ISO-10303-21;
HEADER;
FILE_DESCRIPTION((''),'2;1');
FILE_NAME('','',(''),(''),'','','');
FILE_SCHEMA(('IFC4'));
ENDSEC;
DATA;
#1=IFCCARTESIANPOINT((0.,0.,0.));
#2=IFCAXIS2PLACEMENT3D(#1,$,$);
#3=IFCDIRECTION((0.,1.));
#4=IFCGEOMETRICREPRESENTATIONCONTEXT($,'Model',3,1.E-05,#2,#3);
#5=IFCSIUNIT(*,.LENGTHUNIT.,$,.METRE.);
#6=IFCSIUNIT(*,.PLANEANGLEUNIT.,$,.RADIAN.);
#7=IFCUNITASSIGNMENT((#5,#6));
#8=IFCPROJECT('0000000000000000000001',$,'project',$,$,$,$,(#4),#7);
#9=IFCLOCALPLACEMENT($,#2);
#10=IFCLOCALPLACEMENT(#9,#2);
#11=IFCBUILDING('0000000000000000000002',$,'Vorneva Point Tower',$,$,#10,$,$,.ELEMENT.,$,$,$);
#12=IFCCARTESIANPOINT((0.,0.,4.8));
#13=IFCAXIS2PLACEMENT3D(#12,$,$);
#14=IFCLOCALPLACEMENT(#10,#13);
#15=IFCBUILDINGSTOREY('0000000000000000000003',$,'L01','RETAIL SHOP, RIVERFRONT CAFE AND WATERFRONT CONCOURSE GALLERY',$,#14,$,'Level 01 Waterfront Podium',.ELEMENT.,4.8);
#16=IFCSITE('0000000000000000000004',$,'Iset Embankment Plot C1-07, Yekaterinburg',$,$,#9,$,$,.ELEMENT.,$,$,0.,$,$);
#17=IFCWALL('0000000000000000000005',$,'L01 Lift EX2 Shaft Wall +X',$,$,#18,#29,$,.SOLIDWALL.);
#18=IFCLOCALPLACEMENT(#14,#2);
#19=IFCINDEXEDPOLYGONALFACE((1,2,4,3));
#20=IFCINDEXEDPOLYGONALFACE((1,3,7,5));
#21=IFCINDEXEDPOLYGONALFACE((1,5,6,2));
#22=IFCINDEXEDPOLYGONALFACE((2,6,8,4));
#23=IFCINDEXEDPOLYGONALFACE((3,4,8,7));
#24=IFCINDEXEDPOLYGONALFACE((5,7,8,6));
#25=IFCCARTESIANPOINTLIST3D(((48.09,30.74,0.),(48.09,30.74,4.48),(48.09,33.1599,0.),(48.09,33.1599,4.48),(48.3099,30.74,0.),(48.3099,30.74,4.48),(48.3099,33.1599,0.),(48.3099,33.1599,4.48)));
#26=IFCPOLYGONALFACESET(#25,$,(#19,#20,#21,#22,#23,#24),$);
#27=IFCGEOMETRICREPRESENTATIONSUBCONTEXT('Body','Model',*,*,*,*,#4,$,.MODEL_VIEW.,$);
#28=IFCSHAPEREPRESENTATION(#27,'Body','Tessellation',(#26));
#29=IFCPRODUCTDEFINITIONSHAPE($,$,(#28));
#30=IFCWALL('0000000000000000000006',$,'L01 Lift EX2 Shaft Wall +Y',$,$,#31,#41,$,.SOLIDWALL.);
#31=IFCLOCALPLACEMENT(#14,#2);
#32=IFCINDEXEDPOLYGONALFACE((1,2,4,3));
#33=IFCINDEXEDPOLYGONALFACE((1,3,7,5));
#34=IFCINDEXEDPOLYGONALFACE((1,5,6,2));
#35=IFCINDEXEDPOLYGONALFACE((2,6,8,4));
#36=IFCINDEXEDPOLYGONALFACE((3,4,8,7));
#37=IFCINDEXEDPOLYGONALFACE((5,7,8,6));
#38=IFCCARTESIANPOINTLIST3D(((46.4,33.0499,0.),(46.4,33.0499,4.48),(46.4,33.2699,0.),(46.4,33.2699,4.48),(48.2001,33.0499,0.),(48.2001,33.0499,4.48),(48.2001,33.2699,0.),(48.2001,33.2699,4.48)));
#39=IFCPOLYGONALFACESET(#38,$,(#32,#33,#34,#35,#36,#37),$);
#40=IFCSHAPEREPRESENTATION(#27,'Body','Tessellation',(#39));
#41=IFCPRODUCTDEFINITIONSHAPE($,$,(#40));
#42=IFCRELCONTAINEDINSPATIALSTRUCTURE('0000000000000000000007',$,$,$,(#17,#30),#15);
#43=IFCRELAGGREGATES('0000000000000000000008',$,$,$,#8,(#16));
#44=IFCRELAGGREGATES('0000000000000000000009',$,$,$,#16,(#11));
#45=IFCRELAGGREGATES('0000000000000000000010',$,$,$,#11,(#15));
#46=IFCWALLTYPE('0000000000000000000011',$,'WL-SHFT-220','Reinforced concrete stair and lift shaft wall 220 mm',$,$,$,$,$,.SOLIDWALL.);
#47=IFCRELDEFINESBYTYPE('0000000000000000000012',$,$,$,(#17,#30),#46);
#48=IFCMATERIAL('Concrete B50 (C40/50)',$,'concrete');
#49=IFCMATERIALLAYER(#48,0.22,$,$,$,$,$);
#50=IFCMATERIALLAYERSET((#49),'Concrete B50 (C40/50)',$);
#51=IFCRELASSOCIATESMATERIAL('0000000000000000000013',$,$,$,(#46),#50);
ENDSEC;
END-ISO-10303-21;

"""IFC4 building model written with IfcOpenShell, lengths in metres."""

from ifc_helpers import new_model, si_unit, direction, frame, frame_2d, origin, place, context, subcontext, project, spatial, rectangle, extrude, material, layer, layer_set, type_object, element, save


model = new_model("IFC4")

# Units and contexts
model_context = context("Model", 3, precision=1e-05, world=origin(), true_north=direction((0.0, 1.0)))
body_context = subcontext(model_context, "Body", "Model", "MODEL_VIEW")
ifc_project = project(units=[si_unit("LENGTHUNIT", "METRE"), si_unit("PLANEANGLEUNIT", "RADIAN")], contexts=[model_context])

# Site, building, storey
site_placement = place(None, origin())
site = spatial("IfcSite", under=ifc_project, at=site_placement, Name="Iset Embankment Plot C1-07, Yekaterinburg", CompositionType="ELEMENT", RefElevation=0.0)
building_placement = place(site_placement, origin())
building = spatial("IfcBuilding", under=site, at=building_placement, Name="Vorneva Point Tower", CompositionType="ELEMENT")
storey_placement = place(building_placement, frame((0.0, 0.0, 4.8)))
storey = spatial("IfcBuildingStorey", under=building, at=storey_placement, Name="L01", Description="RETAIL SHOP, RIVERFRONT CAFE AND WATERFRONT CONCOURSE GALLERY", LongName="Level 01 Waterfront Podium", CompositionType="ELEMENT", Elevation=4.8)

# Walls
ifc_material_1 = material(Name="Concrete B50 (C40/50)", Category="concrete")
ifc_layer_1 = layer(ifc_material_1, 0.22)
ifc_layer_set_1 = layer_set([ifc_layer_1], Name="Concrete B50 (C40/50)")
wall_type_1 = type_object("IfcWallType", Name="WL-SHFT-220", Description="Reinforced concrete stair and lift shaft wall 220 mm", PredefinedType="SOLIDWALL", material=ifc_layer_set_1)
wall_1_placement = place(storey_placement, frame((48.2, 30.74, 0.0), z_axis=(0.0, 0.0, 1.0), x_axis=(0.0, 1.0, 0.0)))
element("IfcWall", 1, at=wall_1_placement, inside=storey, type_object=wall_type_1, Name="L01 Lift EX2 Shaft Wall +X", PredefinedType="SOLIDWALL", context=body_context, shape_type="SweptSolid", body=[
    extrude(rectangle(XDim=2.4199, YDim=0.22, at=frame_2d((1.21, 0.0))), origin(), (0.0, 0.0, 1.0), 4.48),
])
wall_2_placement = place(storey_placement, frame((48.2, 33.1599, 0.0), z_axis=(0.0, 0.0, 1.0), x_axis=(-1.0, 0.0, 0.0)))
element("IfcWall", 2, at=wall_2_placement, inside=storey, type_object=wall_type_1, Name="L01 Lift EX2 Shaft Wall +Y", PredefinedType="SOLIDWALL", context=body_context, shape_type="SweptSolid", body=[
    extrude(rectangle(XDim=1.8, YDim=0.22, at=frame_2d((0.8999, 0.0))), origin(), (0.0, 0.0, 1.0), 4.48),
])

save(model, "model.ifc")
